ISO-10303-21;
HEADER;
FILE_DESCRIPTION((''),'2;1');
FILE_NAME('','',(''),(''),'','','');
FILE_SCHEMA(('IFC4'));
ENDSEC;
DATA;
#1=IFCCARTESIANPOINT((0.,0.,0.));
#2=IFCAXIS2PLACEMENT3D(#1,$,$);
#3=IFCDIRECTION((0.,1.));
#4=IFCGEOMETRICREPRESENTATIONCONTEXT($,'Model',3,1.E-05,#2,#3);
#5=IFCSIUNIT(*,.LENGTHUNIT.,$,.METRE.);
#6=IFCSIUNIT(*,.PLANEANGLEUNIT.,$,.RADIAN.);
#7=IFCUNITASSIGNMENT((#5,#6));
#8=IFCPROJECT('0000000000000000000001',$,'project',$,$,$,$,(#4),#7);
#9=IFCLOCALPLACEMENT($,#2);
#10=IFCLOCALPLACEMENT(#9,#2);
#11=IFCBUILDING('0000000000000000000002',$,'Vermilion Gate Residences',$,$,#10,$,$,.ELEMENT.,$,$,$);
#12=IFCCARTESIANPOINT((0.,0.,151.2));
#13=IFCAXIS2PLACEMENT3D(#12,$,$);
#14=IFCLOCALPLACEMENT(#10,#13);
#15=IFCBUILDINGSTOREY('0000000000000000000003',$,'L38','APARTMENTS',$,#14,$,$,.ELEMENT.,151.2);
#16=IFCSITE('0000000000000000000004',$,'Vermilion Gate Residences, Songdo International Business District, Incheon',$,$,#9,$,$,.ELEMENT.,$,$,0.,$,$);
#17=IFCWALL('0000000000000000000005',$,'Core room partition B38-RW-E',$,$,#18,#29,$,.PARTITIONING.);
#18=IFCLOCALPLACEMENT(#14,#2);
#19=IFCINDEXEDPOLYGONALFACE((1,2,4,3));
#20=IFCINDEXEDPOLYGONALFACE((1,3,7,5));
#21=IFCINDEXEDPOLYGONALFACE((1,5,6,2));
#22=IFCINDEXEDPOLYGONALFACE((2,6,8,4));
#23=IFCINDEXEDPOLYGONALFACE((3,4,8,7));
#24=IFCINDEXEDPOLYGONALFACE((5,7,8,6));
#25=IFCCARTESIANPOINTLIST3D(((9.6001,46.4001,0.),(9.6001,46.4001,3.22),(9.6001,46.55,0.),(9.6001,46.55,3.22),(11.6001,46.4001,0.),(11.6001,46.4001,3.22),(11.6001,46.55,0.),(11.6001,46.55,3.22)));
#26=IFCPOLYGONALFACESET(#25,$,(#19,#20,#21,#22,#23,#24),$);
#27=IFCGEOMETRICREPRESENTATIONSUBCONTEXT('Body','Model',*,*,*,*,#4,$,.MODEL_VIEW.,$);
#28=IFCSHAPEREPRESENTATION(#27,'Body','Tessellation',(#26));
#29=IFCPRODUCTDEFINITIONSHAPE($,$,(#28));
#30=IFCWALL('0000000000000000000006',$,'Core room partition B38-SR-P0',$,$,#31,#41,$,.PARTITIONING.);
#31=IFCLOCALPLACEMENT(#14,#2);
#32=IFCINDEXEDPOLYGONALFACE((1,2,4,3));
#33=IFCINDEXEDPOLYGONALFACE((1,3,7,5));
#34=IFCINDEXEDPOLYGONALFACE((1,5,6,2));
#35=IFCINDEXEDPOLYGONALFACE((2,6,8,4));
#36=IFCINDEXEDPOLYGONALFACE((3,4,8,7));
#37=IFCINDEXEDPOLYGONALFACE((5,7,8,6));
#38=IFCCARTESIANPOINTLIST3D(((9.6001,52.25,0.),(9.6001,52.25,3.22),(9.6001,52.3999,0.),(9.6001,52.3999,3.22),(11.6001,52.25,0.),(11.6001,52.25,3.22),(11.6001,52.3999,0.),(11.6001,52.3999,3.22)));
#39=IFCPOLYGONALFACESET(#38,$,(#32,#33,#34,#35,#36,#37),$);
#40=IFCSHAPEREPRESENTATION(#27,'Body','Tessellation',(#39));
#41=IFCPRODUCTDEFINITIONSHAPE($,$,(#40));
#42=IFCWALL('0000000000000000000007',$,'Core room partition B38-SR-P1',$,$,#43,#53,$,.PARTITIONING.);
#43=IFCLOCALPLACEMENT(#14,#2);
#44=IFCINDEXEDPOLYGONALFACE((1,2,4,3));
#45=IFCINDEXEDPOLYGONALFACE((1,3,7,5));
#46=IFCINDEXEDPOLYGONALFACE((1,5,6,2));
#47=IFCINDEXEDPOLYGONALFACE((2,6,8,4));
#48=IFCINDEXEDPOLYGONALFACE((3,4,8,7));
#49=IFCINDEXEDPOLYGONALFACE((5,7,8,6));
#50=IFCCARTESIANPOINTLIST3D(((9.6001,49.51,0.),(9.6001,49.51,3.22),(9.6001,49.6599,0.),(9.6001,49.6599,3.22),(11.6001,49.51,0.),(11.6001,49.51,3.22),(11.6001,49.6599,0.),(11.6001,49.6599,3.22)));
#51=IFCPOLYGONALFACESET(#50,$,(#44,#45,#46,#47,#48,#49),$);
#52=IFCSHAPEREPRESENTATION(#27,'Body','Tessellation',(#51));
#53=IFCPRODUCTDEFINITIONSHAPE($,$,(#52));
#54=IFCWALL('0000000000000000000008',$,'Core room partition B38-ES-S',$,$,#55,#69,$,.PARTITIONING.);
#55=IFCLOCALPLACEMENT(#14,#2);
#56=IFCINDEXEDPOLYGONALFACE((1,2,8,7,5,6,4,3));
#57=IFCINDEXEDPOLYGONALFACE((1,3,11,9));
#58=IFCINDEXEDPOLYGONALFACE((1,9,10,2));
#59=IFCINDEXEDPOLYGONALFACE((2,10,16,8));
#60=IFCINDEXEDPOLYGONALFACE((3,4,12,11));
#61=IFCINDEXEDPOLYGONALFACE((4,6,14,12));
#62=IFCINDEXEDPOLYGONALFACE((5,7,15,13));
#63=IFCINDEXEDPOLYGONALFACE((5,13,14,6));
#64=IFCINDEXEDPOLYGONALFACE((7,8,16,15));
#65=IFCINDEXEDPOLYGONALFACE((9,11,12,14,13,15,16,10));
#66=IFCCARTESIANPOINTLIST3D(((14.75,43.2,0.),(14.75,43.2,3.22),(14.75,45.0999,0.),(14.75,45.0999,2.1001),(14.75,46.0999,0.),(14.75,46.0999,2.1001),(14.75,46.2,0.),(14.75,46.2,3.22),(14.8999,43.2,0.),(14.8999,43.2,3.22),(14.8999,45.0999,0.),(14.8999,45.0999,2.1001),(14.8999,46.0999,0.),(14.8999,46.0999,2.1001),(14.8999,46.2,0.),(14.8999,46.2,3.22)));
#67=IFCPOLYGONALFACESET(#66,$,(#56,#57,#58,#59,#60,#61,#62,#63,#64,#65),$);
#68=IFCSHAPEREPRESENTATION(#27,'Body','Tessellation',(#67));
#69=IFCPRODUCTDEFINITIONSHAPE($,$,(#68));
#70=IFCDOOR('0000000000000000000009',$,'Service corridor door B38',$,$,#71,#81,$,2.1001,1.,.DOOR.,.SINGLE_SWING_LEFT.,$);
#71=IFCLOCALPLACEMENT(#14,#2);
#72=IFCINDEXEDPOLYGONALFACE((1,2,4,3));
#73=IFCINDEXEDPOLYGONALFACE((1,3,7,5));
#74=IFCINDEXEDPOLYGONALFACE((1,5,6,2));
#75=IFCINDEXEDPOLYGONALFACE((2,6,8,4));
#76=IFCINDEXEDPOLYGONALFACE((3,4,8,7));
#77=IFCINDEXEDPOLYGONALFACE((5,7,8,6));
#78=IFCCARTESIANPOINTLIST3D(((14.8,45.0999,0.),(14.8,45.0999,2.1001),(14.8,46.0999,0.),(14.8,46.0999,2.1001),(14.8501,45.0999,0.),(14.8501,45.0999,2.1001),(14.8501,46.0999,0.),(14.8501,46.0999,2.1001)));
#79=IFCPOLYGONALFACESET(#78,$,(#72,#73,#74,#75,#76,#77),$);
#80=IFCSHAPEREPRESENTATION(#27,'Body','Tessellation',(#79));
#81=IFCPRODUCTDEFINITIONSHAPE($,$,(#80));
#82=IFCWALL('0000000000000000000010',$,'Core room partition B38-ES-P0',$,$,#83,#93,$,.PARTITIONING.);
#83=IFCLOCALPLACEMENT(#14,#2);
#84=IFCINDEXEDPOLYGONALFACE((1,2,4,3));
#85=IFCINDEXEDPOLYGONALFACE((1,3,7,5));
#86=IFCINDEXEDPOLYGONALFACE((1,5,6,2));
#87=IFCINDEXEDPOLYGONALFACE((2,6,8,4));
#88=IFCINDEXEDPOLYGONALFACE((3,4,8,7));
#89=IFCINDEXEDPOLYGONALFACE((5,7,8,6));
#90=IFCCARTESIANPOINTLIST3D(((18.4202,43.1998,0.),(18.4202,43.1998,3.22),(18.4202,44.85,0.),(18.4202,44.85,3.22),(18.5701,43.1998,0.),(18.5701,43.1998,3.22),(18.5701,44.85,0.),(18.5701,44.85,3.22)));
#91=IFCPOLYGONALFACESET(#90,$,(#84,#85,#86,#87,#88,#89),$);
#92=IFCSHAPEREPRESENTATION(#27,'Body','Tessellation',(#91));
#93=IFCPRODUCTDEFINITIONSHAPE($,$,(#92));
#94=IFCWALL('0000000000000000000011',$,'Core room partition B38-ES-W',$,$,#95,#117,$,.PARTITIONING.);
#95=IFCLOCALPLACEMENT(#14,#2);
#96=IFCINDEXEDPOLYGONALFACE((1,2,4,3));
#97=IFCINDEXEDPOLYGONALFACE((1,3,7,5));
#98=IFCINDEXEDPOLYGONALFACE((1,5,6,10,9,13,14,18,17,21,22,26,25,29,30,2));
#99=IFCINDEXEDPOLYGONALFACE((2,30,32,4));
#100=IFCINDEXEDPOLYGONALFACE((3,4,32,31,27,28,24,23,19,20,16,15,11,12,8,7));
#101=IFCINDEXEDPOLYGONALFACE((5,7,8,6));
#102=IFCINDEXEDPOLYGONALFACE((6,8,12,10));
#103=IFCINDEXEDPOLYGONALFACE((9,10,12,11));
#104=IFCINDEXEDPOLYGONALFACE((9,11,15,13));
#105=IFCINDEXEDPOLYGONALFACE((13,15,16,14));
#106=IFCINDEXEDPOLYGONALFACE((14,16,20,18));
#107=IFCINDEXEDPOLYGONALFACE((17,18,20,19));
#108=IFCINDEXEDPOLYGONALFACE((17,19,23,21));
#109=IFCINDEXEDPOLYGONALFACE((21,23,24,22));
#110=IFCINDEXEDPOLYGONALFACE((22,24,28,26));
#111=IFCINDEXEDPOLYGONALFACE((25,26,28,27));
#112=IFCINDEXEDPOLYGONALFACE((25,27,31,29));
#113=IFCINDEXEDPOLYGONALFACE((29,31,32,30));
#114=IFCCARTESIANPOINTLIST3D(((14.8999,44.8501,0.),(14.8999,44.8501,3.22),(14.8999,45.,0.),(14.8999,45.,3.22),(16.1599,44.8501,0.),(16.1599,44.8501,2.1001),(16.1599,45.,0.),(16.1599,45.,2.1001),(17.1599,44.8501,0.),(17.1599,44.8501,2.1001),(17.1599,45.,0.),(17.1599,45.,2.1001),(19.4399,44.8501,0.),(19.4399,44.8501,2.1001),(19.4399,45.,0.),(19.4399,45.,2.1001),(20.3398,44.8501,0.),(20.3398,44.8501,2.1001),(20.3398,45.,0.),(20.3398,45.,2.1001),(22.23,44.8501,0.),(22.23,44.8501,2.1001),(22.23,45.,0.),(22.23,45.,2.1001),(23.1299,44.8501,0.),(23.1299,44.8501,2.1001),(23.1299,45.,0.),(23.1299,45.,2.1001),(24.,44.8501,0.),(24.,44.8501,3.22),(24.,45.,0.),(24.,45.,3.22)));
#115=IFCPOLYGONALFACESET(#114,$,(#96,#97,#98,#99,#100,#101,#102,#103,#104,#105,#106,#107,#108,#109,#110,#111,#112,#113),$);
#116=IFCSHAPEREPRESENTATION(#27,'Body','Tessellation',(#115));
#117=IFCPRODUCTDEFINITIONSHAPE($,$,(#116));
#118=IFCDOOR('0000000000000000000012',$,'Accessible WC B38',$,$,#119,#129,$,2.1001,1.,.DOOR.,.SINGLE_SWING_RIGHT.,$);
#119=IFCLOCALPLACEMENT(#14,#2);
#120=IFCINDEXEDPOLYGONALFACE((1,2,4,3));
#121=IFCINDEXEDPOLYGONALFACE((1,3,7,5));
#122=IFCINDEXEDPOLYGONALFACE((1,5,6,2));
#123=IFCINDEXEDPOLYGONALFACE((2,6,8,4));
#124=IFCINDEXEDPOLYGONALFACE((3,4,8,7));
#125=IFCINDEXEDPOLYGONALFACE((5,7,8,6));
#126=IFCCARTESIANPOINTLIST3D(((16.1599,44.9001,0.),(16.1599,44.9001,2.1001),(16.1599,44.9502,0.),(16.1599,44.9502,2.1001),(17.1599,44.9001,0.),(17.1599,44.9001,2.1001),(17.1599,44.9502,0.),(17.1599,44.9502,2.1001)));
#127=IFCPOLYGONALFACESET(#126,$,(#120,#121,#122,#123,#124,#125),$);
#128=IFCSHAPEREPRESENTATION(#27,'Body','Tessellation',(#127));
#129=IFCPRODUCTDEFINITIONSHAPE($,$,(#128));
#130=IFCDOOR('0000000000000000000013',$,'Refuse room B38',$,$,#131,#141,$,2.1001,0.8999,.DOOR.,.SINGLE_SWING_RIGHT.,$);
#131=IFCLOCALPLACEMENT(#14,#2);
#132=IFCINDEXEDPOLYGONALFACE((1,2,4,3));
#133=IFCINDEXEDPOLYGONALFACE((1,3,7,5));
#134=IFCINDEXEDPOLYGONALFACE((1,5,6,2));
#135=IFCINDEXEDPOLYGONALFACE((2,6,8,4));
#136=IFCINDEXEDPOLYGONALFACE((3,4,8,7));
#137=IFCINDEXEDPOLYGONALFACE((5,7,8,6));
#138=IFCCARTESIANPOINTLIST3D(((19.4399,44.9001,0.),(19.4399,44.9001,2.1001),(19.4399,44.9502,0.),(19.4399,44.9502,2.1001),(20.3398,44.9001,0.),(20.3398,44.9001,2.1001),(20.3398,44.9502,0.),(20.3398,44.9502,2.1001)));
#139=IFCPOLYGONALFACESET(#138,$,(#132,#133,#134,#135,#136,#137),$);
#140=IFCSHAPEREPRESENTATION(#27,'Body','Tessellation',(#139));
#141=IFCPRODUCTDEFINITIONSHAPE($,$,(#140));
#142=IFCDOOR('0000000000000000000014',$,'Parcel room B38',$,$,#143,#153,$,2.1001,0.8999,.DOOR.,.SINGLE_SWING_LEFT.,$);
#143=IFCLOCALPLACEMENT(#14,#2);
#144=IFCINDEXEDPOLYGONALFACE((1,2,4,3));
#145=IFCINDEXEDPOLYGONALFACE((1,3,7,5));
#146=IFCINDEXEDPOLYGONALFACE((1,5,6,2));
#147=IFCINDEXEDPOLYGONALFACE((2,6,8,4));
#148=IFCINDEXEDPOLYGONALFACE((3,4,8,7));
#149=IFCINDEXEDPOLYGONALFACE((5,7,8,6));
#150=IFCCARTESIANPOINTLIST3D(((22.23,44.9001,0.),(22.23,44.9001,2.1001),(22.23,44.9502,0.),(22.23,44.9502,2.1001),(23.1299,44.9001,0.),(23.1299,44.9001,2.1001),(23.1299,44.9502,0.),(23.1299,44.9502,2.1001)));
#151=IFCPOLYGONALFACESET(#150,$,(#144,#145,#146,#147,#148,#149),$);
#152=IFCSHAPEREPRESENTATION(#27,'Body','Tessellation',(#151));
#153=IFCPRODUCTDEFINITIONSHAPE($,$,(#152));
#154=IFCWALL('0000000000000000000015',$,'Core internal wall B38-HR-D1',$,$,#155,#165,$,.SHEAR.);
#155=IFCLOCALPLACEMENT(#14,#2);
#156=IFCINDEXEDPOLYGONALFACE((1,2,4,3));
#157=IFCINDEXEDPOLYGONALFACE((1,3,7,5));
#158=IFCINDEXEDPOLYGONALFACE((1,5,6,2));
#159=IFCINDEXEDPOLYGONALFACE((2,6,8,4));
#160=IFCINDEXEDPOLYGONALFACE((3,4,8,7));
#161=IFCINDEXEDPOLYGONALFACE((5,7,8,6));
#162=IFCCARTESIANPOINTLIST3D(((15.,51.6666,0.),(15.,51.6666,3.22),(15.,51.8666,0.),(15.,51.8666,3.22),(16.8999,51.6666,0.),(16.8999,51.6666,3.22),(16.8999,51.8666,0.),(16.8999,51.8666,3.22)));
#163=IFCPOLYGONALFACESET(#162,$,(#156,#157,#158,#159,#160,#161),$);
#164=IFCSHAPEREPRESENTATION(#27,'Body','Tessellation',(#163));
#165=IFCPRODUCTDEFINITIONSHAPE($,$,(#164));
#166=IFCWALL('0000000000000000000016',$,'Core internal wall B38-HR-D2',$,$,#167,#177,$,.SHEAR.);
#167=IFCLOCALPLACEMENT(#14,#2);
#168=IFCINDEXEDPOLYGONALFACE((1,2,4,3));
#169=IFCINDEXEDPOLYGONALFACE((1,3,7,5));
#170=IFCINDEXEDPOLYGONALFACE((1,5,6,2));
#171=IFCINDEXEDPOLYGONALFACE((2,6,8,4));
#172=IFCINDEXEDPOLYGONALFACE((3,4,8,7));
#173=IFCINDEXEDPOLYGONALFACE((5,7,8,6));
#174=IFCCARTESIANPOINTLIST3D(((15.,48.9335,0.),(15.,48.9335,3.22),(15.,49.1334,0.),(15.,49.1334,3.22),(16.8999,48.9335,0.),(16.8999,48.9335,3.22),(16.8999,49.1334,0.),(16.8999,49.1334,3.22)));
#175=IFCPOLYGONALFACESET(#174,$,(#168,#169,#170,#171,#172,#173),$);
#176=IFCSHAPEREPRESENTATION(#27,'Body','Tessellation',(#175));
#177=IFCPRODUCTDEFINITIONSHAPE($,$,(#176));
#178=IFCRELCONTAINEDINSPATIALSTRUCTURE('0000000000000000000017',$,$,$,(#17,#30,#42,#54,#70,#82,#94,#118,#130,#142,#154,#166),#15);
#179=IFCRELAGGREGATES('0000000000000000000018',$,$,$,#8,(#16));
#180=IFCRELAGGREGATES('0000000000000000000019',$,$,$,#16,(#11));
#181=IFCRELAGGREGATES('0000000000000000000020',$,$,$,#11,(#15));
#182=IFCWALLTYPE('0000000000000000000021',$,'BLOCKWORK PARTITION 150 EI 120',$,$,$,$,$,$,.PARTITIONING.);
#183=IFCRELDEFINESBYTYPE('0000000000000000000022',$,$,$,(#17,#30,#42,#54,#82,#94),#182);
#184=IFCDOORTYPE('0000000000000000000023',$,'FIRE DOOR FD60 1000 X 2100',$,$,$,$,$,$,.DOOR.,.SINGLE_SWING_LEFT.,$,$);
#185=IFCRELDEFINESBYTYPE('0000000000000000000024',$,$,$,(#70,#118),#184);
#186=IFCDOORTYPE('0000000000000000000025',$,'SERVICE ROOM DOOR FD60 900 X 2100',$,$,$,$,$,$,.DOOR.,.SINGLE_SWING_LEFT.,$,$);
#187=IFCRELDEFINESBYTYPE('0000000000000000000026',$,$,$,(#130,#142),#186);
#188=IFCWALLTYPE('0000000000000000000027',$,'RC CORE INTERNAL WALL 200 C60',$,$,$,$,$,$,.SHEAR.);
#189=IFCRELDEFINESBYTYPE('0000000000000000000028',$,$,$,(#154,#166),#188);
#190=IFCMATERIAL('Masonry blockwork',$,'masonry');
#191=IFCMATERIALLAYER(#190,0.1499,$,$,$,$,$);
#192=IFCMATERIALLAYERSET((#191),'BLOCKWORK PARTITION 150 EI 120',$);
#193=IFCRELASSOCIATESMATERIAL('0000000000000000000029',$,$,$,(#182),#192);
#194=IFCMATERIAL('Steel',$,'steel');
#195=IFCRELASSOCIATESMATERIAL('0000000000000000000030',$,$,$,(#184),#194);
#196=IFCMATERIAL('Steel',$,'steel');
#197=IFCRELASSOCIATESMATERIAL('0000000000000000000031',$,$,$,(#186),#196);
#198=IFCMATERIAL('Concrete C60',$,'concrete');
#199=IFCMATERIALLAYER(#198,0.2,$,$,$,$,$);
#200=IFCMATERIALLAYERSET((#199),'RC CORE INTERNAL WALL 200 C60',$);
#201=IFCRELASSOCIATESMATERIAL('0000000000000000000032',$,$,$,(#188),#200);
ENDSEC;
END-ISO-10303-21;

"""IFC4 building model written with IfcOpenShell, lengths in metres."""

from ifc_helpers import new_model, si_unit, direction, frame, frame_2d, origin, place, context, subcontext, project, spatial, rectangle, extrude, material, layer, layer_set, type_object, element, fill, save


model = new_model("IFC4")

# Units and contexts
model_context = context("Model", 3, precision=1e-05, world=origin(), true_north=direction((0.0, 1.0)))
body_context = subcontext(model_context, "Body", "Model", "MODEL_VIEW")
ifc_project = project(units=[si_unit("LENGTHUNIT", "METRE"), si_unit("PLANEANGLEUNIT", "RADIAN")], contexts=[model_context])

# Site, building, storey
site_placement = place(None, origin())
site = spatial("IfcSite", under=ifc_project, at=site_placement, Name="Vermilion Gate Residences, Songdo International Business District, Incheon", CompositionType="ELEMENT", RefElevation=0.0)
building_placement = place(site_placement, origin())
building = spatial("IfcBuilding", under=site, at=building_placement, Name="Vermilion Gate Residences", CompositionType="ELEMENT")
storey_placement = place(building_placement, frame((0.0, 0.0, 151.2)))
storey = spatial("IfcBuildingStorey", under=building, at=storey_placement, Name="L38", Description="APARTMENTS", CompositionType="ELEMENT", Elevation=151.2)

# Walls
ifc_material_1 = material(Name="Masonry blockwork", Category="masonry")
ifc_layer_1 = layer(ifc_material_1, 0.1499)
ifc_layer_set_1 = layer_set([ifc_layer_1], Name="BLOCKWORK PARTITION 150 EI 120")
wall_type_1 = type_object("IfcWallType", Name="BLOCKWORK PARTITION 150 EI 120", PredefinedType="PARTITIONING", material=ifc_layer_set_1)
for number, where, z_axis, x_axis, name in (
    (1, (9.6001, 46.4751, 0.0), (0.0, 0.0, 1.0), (1.0, 0.0, 0.0), "Core room partition B38-RW-E"),
    (2, (9.6001, 52.325, 0.0), (0.0, 0.0, 1.0), (1.0, 0.0, 0.0), "Core room partition B38-SR-P0"),
    (3, (9.6001, 49.585, 0.0), (0.0, 0.0, 1.0), (1.0, 0.0, 0.0), "Core room partition B38-SR-P1"),
):
    element("IfcWall", number, at=place(storey_placement, frame(where, z_axis=z_axis, x_axis=x_axis)), inside=storey, type_object=wall_type_1, Name=name, PredefinedType="PARTITIONING", context=body_context, shape_type="SweptSolid", body=[
        extrude(rectangle(XDim=2.0, YDim=0.1499, at=frame_2d((1.0, 0.0))), origin(), (0.0, 0.0, 1.0), 3.22),
    ])

# Wall, opening, door
wall_1_placement = place(storey_placement, frame((14.825, 46.2, 0.0), z_axis=(0.0, 0.0, 1.0), x_axis=(0.0, -1.0, 0.0)))
wall_1 = element("IfcWall", 4, at=wall_1_placement, inside=storey, type_object=wall_type_1, Name="Core room partition B38-ES-S", PredefinedType="PARTITIONING", context=body_context, shape_type="SweptSolid", body=[
    extrude(rectangle(XDim=3.0, YDim=0.1499, at=frame_2d((1.5, 0.0))), origin(), (0.0, 0.0, 1.0), 3.22),
])
opening_1_placement = place(wall_1_placement, frame((0.1001, 0.0, 0.0)))
opening_1 = element("IfcOpeningElement", 5, at=opening_1_placement, cuts=wall_1, PredefinedType="OPENING", context=body_context, shape_type="SweptSolid", body=[
    extrude(rectangle(XDim=1.0, YDim=2.1001, at=frame_2d((0.5, 1.05))), frame((0.0, 0.085, 0.0), z_axis=(0.0, -1.0, 0.0), x_axis=(1.0, 0.0, 0.0)), (0.0, 0.0, 1.0), 0.1699),
])
ifc_material_2 = material(Name="Steel", Category="steel")
door_type_1 = type_object("IfcDoorType", Name="FIRE DOOR FD60 1000 X 2100", OperationType="SINGLE_SWING_LEFT", PredefinedType="DOOR", material=ifc_material_2)
door_1_placement = place(opening_1_placement, frame((1.0, 0.0, 0.0), z_axis=(0.0, 0.0, 1.0), x_axis=(-1.0, 0.0, 0.0)))
door_1 = element("IfcDoor", 6, at=door_1_placement, inside=storey, type_object=door_type_1, Name="Service corridor door B38", OperationType="SINGLE_SWING_LEFT", OverallHeight=2.1001, OverallWidth=1.0, PredefinedType="DOOR", context=body_context, shape_type="SweptSolid", body=[
    extrude(rectangle(XDim=1.0, YDim=2.1001, at=frame_2d((0.5, 1.05))), frame((0.0, 0.0249, 0.0), z_axis=(0.0, -1.0, 0.0), x_axis=(1.0, 0.0, 0.0)), (0.0, 0.0, 1.0), 0.05),
])
fill(opening_1, door_1)

# Wall
wall_2_placement = place(storey_placement, frame((18.4951, 44.8501, 0.0), z_axis=(0.0, 0.0, 1.0), x_axis=(0.0, -1.0, 0.0)))
element("IfcWall", 7, at=wall_2_placement, inside=storey, type_object=wall_type_1, Name="Core room partition B38-ES-P0", PredefinedType="PARTITIONING", context=body_context, shape_type="SweptSolid", body=[
    extrude(rectangle(XDim=1.6501, YDim=0.1499, at=frame_2d((0.8252, 0.0))), origin(), (0.0, 0.0, 1.0), 3.22),
])

# Wall, openings, doors
wall_3_placement = place(storey_placement, frame((14.8999, 44.925, 0.0), z_axis=(0.0, 0.0, 1.0), x_axis=(1.0, 0.0, 0.0)))
wall_3 = element("IfcWall", 8, at=wall_3_placement, inside=storey, type_object=wall_type_1, Name="Core room partition B38-ES-W", PredefinedType="PARTITIONING", context=body_context, shape_type="SweptSolid", body=[
    extrude(rectangle(XDim=9.1001, YDim=0.1499, at=frame_2d((4.55, 0.0))), origin(), (0.0, 0.0, 1.0), 3.22),
])
opening_2_placement = place(wall_3_placement, frame((1.26, 0.0, 0.0)))
opening_2 = element("IfcOpeningElement", 9, at=opening_2_placement, cuts=wall_3, PredefinedType="OPENING", context=body_context, shape_type="SweptSolid", body=[
    extrude(rectangle(XDim=1.0, YDim=2.1001, at=frame_2d((0.5, 1.05))), frame((0.0, 0.085, 0.0), z_axis=(0.0, -1.0, 0.0), x_axis=(1.0, 0.0, 0.0)), (0.0, 0.0, 1.0), 0.1699),
])
opening_3_placement = place(wall_3_placement, frame((4.54, 0.0, 0.0)))
opening_3 = element("IfcOpeningElement", 10, at=opening_3_placement, cuts=wall_3, PredefinedType="OPENING", context=body_context, shape_type="SweptSolid", body=[
    extrude(rectangle(XDim=0.8999, YDim=2.1001, at=frame_2d((0.45, 1.05))), frame((0.0, 0.085, 0.0), z_axis=(0.0, -1.0, 0.0), x_axis=(1.0, 0.0, 0.0)), (0.0, 0.0, 1.0), 0.1699),
])
opening_4_placement = place(wall_3_placement, frame((7.3301, 0.0, 0.0)))
opening_4 = element("IfcOpeningElement", 11, at=opening_4_placement, cuts=wall_3, PredefinedType="OPENING", context=body_context, shape_type="SweptSolid", body=[
    extrude(rectangle(XDim=0.8999, YDim=2.1001, at=frame_2d((0.45, 1.05))), frame((0.0, 0.085, 0.0), z_axis=(0.0, -1.0, 0.0), x_axis=(1.0, 0.0, 0.0)), (0.0, 0.0, 1.0), 0.1699),
])
door_2_placement = place(opening_2_placement, frame((1.0, 0.0, 0.0), z_axis=(0.0, 0.0, 1.0), x_axis=(-1.0, 0.0, 0.0)))
door_2 = element("IfcDoor", 12, at=door_2_placement, inside=storey, type_object=door_type_1, Name="Accessible WC B38", OperationType="SINGLE_SWING_RIGHT", OverallHeight=2.1001, OverallWidth=1.0, PredefinedType="DOOR", context=body_context, shape_type="SweptSolid", body=[
    extrude(rectangle(XDim=1.0, YDim=2.1001, at=frame_2d((0.5, 1.05))), frame((0.0, 0.0249, 0.0), z_axis=(0.0, -1.0, 0.0), x_axis=(1.0, 0.0, 0.0)), (0.0, 0.0, 1.0), 0.05),
])
fill(opening_2, door_2)
ifc_material_3 = material(Name="Steel", Category="steel")
door_type_2 = type_object("IfcDoorType", Name="SERVICE ROOM DOOR FD60 900 X 2100", OperationType="SINGLE_SWING_LEFT", PredefinedType="DOOR", material=ifc_material_3)
door_3_placement = place(opening_3_placement, frame((0.8999, 0.0, 0.0), z_axis=(0.0, 0.0, 1.0), x_axis=(-1.0, 0.0, 0.0)))
door_3 = element("IfcDoor", 13, at=door_3_placement, inside=storey, type_object=door_type_2, Name="Refuse room B38", OperationType="SINGLE_SWING_RIGHT", OverallHeight=2.1001, OverallWidth=0.8999, PredefinedType="DOOR", context=body_context, shape_type="SweptSolid", body=[
    extrude(rectangle(XDim=0.8999, YDim=2.1001, at=frame_2d((0.45, 1.05))), frame((0.0, 0.0249, 0.0), z_axis=(0.0, -1.0, 0.0), x_axis=(1.0, 0.0, 0.0)), (0.0, 0.0, 1.0), 0.05),
])
fill(opening_3, door_3)
door_4_placement = place(opening_4_placement, frame((0.8999, 0.0, 0.0), z_axis=(0.0, 0.0, 1.0), x_axis=(-1.0, 0.0, 0.0)))
door_4 = element("IfcDoor", 14, at=door_4_placement, inside=storey, type_object=door_type_2, Name="Parcel room B38", OperationType="SINGLE_SWING_LEFT", OverallHeight=2.1001, OverallWidth=0.8999, PredefinedType="DOOR", context=body_context, shape_type="SweptSolid", body=[
    extrude(rectangle(XDim=0.8999, YDim=2.1001, at=frame_2d((0.45, 1.05))), frame((0.0, 0.0249, 0.0), z_axis=(0.0, -1.0, 0.0), x_axis=(1.0, 0.0, 0.0)), (0.0, 0.0, 1.0), 0.05),
])
fill(opening_4, door_4)

# Walls
ifc_material_4 = material(Name="Concrete C60", Category="concrete")
ifc_layer_2 = layer(ifc_material_4, 0.2)
ifc_layer_set_2 = layer_set([ifc_layer_2], Name="RC CORE INTERNAL WALL 200 C60")
wall_type_2 = type_object("IfcWallType", Name="RC CORE INTERNAL WALL 200 C60", PredefinedType="SHEAR", material=ifc_layer_set_2)
for number, where, z_axis, x_axis, name in (
    (15, (15.0, 51.7666, 0.0), (0.0, 0.0, 1.0), (1.0, 0.0, 0.0), "Core internal wall B38-HR-D1"),
    (16, (15.0, 49.0334, 0.0), (0.0, 0.0, 1.0), (1.0, 0.0, 0.0), "Core internal wall B38-HR-D2"),
):
    element("IfcWall", number, at=place(storey_placement, frame(where, z_axis=z_axis, x_axis=x_axis)), inside=storey, type_object=wall_type_2, Name=name, PredefinedType="SHEAR", context=body_context, shape_type="SweptSolid", body=[
        extrude(rectangle(XDim=1.8999, YDim=0.2, at=frame_2d((0.95, 0.0))), origin(), (0.0, 0.0, 1.0), 3.22),
    ])

save(model, "model.ifc")
